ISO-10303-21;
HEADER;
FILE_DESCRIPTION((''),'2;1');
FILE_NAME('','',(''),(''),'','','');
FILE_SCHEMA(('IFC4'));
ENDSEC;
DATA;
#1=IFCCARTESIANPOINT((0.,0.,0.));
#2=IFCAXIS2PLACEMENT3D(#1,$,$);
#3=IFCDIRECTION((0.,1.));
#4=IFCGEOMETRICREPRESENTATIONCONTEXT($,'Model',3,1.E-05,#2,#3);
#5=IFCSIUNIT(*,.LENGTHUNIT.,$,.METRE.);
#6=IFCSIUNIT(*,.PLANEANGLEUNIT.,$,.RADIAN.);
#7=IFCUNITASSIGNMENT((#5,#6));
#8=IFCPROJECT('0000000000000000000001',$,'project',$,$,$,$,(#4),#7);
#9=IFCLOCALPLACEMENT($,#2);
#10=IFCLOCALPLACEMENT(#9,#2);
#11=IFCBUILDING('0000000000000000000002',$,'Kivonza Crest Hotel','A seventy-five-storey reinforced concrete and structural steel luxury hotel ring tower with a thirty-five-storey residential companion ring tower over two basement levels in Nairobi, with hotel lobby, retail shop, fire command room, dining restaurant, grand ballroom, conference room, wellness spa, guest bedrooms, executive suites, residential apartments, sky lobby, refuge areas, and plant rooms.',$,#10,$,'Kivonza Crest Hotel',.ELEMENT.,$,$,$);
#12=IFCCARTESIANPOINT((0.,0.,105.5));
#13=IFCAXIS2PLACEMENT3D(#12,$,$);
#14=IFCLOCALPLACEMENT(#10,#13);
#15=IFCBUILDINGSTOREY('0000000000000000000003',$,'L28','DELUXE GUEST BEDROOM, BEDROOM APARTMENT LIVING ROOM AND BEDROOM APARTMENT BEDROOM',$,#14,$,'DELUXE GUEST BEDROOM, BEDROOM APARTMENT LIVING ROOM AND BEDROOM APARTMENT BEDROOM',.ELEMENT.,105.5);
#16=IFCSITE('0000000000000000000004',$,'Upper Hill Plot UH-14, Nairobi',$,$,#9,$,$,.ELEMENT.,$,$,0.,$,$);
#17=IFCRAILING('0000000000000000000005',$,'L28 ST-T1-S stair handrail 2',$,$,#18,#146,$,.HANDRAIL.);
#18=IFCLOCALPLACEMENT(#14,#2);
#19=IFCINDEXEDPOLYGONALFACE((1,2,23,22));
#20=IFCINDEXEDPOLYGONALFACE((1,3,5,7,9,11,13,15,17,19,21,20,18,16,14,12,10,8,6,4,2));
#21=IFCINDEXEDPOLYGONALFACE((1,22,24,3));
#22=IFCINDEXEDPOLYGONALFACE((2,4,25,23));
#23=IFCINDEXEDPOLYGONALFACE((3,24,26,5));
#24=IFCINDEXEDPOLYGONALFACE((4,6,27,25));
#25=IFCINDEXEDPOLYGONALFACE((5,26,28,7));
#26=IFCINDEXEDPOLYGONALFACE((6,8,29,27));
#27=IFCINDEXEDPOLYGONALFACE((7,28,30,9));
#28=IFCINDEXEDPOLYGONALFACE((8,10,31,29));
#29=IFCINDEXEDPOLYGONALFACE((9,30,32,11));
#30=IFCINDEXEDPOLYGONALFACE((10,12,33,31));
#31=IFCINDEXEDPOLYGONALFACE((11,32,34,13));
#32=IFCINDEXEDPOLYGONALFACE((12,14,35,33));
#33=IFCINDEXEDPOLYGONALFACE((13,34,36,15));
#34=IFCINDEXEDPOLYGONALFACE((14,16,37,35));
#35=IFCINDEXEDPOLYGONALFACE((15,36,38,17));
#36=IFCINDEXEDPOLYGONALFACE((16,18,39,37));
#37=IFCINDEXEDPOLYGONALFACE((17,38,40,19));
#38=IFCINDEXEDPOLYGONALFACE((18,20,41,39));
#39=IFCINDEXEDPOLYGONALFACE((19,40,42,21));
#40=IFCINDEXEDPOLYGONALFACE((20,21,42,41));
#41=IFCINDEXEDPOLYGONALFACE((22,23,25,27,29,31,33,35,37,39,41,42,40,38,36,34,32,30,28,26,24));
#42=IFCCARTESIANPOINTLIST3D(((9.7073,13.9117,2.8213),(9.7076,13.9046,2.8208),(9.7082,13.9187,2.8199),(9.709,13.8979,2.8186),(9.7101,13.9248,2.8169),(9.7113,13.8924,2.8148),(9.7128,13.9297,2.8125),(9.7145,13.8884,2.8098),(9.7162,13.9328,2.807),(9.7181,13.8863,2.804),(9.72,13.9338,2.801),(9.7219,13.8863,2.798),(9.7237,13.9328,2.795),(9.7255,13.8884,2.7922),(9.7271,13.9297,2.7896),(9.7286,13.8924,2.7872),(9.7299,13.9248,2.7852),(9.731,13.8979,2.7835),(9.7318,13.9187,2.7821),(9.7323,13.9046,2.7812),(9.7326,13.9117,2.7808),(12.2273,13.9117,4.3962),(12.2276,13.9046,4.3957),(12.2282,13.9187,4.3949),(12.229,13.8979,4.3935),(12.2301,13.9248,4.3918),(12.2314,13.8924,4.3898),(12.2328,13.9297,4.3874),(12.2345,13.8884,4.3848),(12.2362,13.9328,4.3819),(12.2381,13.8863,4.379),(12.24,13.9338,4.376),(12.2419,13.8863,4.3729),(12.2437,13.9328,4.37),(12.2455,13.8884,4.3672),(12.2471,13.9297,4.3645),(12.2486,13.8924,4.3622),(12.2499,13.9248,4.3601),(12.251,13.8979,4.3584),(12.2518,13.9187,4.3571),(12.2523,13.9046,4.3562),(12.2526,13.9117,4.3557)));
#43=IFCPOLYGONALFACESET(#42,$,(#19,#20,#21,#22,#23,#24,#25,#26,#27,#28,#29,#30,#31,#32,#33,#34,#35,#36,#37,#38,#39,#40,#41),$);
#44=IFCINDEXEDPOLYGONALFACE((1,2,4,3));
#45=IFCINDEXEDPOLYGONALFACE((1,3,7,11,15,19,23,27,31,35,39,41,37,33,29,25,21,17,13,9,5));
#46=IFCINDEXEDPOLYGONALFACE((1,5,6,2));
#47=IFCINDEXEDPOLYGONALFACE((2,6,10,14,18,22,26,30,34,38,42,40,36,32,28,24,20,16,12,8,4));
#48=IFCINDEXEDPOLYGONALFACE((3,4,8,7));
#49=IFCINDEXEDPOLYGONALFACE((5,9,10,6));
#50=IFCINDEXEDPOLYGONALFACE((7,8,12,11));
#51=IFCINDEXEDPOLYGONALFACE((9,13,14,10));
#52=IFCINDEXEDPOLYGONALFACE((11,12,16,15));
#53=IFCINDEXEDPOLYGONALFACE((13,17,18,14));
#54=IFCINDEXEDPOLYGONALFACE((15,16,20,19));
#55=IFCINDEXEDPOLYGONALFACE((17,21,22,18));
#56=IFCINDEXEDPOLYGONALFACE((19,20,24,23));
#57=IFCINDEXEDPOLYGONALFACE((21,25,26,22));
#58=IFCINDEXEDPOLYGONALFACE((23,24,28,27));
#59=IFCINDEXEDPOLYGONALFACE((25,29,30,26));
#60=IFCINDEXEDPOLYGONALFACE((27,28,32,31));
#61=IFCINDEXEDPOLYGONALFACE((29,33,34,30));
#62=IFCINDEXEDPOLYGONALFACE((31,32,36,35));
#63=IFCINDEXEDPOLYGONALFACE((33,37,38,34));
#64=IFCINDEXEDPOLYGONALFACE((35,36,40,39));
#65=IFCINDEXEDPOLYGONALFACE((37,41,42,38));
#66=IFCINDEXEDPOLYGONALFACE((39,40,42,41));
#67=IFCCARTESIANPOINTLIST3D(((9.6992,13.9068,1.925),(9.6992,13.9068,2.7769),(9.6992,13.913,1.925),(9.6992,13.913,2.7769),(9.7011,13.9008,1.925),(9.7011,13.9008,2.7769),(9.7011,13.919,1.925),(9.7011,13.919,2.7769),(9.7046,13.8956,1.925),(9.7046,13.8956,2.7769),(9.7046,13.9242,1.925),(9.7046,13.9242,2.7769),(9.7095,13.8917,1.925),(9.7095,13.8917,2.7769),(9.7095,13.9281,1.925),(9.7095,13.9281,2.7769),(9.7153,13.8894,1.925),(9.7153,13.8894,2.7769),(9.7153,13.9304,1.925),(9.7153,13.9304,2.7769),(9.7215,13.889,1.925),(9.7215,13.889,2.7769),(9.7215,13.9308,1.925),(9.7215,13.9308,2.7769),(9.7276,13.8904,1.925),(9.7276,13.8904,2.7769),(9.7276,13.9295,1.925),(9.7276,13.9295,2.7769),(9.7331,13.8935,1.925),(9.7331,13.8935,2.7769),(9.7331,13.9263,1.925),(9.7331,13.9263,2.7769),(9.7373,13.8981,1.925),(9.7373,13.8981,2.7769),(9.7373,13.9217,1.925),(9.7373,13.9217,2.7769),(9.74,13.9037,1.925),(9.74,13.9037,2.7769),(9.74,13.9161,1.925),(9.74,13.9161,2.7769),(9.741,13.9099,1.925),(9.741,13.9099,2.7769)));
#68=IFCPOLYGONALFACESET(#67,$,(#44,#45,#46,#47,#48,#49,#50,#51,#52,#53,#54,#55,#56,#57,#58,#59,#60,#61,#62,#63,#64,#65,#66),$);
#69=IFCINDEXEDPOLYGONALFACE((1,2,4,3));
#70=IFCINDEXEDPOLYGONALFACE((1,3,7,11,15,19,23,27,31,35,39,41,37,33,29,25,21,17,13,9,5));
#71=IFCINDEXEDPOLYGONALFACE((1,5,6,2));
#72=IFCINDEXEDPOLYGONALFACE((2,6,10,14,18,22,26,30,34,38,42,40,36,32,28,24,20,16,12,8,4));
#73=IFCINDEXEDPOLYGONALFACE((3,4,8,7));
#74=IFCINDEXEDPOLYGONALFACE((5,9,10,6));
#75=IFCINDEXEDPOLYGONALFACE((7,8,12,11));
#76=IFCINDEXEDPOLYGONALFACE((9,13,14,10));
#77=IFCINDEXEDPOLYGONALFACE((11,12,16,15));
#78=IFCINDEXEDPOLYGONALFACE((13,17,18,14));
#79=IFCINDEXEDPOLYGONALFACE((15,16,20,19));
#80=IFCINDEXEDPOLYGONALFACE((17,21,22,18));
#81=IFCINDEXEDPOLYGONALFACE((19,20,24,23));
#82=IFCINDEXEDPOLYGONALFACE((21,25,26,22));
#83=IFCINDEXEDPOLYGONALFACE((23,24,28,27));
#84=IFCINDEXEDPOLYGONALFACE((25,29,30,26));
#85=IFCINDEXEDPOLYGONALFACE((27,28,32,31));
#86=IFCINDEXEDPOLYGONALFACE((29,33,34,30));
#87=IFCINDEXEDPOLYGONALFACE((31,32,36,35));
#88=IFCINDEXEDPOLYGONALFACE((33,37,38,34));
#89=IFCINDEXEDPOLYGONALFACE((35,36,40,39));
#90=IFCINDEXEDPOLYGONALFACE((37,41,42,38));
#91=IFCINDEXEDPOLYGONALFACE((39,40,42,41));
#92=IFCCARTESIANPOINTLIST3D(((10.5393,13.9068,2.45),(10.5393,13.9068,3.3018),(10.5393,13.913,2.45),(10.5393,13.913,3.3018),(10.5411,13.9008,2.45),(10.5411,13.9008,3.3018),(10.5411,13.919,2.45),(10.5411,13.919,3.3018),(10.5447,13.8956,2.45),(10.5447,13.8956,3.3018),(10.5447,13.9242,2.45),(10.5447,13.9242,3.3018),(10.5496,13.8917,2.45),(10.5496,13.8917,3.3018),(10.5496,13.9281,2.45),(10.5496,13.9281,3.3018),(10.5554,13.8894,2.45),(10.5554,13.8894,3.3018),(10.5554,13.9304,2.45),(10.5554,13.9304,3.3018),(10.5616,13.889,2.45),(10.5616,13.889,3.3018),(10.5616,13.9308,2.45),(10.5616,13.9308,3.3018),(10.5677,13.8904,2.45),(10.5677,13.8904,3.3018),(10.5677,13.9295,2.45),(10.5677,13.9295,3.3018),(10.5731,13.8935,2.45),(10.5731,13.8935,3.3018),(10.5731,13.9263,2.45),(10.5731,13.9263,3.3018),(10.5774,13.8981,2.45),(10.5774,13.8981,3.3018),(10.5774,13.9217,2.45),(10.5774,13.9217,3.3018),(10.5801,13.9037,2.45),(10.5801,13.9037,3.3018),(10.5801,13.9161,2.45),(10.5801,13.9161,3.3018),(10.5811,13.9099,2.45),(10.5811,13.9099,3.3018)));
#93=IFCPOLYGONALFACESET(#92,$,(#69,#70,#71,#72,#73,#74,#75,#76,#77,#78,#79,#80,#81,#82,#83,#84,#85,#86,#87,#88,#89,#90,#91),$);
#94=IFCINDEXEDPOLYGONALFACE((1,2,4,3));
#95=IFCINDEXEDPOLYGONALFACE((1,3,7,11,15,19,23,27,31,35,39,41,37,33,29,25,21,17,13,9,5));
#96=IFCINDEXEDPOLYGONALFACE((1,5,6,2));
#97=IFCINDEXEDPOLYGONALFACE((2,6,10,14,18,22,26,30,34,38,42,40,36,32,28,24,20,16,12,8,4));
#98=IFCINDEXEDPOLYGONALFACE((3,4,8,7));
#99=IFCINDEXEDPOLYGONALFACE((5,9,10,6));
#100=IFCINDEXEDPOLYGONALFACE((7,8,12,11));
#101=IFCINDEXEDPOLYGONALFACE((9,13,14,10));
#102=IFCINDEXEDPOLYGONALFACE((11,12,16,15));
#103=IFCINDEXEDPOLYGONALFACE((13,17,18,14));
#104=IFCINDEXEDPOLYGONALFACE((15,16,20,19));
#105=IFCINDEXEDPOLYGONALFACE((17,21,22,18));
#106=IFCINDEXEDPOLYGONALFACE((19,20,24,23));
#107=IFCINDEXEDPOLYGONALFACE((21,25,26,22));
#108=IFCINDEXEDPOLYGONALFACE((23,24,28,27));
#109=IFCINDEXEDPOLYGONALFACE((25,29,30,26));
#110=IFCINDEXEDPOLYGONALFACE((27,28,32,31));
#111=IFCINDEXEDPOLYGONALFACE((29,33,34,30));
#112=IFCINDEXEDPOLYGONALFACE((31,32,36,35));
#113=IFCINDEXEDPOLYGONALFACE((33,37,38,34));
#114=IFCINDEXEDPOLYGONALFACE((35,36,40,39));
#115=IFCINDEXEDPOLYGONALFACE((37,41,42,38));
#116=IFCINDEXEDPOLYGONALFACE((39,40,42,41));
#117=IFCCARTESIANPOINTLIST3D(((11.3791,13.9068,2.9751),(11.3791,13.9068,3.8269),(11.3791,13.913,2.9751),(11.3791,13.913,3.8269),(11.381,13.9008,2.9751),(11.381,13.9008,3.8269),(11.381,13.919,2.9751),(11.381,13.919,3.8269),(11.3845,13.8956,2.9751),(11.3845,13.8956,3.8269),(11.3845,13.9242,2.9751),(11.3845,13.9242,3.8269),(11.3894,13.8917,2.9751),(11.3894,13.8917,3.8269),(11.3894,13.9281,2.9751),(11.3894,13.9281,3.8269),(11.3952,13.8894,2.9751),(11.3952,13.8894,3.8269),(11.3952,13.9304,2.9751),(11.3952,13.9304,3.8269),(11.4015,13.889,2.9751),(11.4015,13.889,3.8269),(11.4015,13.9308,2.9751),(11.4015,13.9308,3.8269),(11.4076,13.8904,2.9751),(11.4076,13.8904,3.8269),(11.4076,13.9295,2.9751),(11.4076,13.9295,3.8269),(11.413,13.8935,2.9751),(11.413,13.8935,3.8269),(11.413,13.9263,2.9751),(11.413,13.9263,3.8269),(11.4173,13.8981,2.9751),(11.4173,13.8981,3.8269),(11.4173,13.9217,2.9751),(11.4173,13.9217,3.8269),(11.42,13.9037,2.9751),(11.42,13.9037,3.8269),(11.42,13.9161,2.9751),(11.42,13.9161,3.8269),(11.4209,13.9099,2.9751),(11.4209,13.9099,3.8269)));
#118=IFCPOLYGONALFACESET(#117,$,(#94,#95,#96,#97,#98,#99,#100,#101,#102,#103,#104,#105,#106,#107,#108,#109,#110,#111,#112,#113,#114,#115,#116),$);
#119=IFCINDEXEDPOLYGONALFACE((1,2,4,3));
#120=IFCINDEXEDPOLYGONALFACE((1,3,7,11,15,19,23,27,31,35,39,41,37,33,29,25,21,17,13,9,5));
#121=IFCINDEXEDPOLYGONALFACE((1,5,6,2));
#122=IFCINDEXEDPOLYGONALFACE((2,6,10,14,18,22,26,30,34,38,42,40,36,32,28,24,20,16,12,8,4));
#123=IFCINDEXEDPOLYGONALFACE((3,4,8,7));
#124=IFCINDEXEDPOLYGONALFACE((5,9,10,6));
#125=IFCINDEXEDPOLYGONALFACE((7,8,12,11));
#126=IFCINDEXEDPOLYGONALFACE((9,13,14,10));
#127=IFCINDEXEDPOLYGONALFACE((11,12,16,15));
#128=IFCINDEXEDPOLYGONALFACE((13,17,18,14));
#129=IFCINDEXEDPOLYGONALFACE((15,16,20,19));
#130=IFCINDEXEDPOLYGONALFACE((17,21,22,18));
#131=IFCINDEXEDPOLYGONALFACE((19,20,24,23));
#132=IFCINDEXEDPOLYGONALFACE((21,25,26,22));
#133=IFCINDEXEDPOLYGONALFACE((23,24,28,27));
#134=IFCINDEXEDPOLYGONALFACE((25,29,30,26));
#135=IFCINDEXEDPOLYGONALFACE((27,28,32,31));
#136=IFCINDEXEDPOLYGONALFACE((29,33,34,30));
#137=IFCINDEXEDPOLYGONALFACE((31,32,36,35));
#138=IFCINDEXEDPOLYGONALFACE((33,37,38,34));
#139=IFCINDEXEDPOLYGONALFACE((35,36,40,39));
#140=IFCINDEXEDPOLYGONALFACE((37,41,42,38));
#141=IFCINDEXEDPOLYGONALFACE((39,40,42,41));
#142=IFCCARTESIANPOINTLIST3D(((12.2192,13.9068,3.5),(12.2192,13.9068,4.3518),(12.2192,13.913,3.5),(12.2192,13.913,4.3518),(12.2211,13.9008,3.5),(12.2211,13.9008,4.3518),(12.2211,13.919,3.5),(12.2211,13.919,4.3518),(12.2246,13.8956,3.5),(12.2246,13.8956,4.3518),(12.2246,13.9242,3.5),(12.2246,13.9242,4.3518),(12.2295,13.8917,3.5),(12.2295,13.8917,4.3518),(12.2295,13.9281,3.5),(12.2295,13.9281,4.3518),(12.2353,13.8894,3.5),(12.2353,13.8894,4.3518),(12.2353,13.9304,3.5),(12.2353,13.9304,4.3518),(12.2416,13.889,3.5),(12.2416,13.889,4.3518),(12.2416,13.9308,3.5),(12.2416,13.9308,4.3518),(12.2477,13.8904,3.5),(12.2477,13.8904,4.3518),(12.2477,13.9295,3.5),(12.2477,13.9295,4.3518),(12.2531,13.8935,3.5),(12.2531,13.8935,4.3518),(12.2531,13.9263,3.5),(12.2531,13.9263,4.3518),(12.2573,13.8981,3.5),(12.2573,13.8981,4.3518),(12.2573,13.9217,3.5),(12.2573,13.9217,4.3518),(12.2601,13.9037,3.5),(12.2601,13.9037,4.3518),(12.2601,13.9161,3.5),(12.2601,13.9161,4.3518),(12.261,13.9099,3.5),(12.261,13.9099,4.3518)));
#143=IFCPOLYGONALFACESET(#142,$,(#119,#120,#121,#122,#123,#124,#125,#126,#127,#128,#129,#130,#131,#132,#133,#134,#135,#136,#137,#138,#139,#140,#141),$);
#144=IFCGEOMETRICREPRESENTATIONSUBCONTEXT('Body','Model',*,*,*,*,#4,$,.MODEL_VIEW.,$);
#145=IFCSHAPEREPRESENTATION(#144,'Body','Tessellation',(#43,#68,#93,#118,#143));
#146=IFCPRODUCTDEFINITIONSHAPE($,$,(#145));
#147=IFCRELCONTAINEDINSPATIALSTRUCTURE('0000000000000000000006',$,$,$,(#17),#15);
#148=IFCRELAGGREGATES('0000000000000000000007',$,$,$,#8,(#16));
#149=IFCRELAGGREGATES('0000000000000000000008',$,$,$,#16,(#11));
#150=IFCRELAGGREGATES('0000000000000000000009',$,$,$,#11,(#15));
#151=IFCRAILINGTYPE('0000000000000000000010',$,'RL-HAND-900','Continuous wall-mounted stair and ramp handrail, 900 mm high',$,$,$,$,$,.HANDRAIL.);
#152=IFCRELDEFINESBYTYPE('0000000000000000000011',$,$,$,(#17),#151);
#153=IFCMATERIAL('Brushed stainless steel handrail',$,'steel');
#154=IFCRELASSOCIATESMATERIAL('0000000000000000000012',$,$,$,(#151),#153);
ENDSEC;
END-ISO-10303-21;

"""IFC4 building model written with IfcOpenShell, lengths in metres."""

from ifc_helpers import new_model, si_unit, direction, frame, origin, origin_2d, place, context, subcontext, project, spatial, circle, extrude, material, type_object, element, save


model = new_model("IFC4")

# Units and contexts
model_context = context("Model", 3, precision=1e-05, world=origin(), true_north=direction((0.0, 1.0)))
body_context = subcontext(model_context, "Body", "Model", "MODEL_VIEW")
ifc_project = project(units=[si_unit("LENGTHUNIT", "METRE"), si_unit("PLANEANGLEUNIT", "RADIAN")], contexts=[model_context])

# Site, building, storey
site_placement = place(None, origin())
site = spatial("IfcSite", under=ifc_project, at=site_placement, Name="Upper Hill Plot UH-14, Nairobi", CompositionType="ELEMENT", RefElevation=0.0)
building_placement = place(site_placement, origin())
building = spatial("IfcBuilding", under=site, at=building_placement, Name="Kivonza Crest Hotel", Description="A seventy-five-storey reinforced concrete and structural steel luxury hotel ring tower with a thirty-five-storey residential companion ring tower over two basement levels in Nairobi, with hotel lobby, retail shop, fire command room, dining restaurant, grand ballroom, conference room, wellness spa, guest bedrooms, executive suites, residential apartments, sky lobby, refuge areas, and plant rooms.", LongName="Kivonza Crest Hotel", CompositionType="ELEMENT")
storey_placement = place(building_placement, frame((0.0, 0.0, 105.5)))
storey = spatial("IfcBuildingStorey", under=building, at=storey_placement, Name="L28", Description="DELUXE GUEST BEDROOM, BEDROOM APARTMENT LIVING ROOM AND BEDROOM APARTMENT BEDROOM", LongName="DELUXE GUEST BEDROOM, BEDROOM APARTMENT LIVING ROOM AND BEDROOM APARTMENT BEDROOM", CompositionType="ELEMENT", Elevation=105.5)

# Railing
ifc_material_1 = material(Name="Brushed stainless steel handrail", Category="steel")
railing_type_1 = type_object("IfcRailingType", Name="RL-HAND-900", Description="Continuous wall-mounted stair and ramp handrail, 900 mm high", PredefinedType="HANDRAIL", material=ifc_material_1)
railing_1_placement = place(storey_placement, frame((9.72, 13.9099, 1.925)))
element("IfcRailing", 1, at=railing_1_placement, inside=storey, type_object=railing_type_1, Name="L28 ST-T1-S stair handrail 2", PredefinedType="HANDRAIL", context=body_context, shape_type="SweptSolid", body=[
    extrude(circle(Radius=0.0239, at=origin_2d()), frame((0.0, 0.0, 0.876), z_axis=(0.848008, 0.0, 0.529984), x_axis=(0.0, 1.0, 0.0)), (0.0, 0.0, 1.0), 2.9717),
    extrude(circle(Radius=0.021, at=origin_2d()), origin(), (0.0, 0.0, 1.0), 0.8518),
    extrude(circle(Radius=0.021, at=origin_2d()), frame((0.8401, 0.0, 0.5249)), (0.0, 0.0, 1.0), 0.8518),
    extrude(circle(Radius=0.021, at=origin_2d()), frame((1.6799, 0.0, 1.05)), (0.0, 0.0, 1.0), 0.8518),
    extrude(circle(Radius=0.021, at=origin_2d()), frame((2.52, 0.0, 1.575)), (0.0, 0.0, 1.0), 0.8518),
])

save(model, "model.ifc")
